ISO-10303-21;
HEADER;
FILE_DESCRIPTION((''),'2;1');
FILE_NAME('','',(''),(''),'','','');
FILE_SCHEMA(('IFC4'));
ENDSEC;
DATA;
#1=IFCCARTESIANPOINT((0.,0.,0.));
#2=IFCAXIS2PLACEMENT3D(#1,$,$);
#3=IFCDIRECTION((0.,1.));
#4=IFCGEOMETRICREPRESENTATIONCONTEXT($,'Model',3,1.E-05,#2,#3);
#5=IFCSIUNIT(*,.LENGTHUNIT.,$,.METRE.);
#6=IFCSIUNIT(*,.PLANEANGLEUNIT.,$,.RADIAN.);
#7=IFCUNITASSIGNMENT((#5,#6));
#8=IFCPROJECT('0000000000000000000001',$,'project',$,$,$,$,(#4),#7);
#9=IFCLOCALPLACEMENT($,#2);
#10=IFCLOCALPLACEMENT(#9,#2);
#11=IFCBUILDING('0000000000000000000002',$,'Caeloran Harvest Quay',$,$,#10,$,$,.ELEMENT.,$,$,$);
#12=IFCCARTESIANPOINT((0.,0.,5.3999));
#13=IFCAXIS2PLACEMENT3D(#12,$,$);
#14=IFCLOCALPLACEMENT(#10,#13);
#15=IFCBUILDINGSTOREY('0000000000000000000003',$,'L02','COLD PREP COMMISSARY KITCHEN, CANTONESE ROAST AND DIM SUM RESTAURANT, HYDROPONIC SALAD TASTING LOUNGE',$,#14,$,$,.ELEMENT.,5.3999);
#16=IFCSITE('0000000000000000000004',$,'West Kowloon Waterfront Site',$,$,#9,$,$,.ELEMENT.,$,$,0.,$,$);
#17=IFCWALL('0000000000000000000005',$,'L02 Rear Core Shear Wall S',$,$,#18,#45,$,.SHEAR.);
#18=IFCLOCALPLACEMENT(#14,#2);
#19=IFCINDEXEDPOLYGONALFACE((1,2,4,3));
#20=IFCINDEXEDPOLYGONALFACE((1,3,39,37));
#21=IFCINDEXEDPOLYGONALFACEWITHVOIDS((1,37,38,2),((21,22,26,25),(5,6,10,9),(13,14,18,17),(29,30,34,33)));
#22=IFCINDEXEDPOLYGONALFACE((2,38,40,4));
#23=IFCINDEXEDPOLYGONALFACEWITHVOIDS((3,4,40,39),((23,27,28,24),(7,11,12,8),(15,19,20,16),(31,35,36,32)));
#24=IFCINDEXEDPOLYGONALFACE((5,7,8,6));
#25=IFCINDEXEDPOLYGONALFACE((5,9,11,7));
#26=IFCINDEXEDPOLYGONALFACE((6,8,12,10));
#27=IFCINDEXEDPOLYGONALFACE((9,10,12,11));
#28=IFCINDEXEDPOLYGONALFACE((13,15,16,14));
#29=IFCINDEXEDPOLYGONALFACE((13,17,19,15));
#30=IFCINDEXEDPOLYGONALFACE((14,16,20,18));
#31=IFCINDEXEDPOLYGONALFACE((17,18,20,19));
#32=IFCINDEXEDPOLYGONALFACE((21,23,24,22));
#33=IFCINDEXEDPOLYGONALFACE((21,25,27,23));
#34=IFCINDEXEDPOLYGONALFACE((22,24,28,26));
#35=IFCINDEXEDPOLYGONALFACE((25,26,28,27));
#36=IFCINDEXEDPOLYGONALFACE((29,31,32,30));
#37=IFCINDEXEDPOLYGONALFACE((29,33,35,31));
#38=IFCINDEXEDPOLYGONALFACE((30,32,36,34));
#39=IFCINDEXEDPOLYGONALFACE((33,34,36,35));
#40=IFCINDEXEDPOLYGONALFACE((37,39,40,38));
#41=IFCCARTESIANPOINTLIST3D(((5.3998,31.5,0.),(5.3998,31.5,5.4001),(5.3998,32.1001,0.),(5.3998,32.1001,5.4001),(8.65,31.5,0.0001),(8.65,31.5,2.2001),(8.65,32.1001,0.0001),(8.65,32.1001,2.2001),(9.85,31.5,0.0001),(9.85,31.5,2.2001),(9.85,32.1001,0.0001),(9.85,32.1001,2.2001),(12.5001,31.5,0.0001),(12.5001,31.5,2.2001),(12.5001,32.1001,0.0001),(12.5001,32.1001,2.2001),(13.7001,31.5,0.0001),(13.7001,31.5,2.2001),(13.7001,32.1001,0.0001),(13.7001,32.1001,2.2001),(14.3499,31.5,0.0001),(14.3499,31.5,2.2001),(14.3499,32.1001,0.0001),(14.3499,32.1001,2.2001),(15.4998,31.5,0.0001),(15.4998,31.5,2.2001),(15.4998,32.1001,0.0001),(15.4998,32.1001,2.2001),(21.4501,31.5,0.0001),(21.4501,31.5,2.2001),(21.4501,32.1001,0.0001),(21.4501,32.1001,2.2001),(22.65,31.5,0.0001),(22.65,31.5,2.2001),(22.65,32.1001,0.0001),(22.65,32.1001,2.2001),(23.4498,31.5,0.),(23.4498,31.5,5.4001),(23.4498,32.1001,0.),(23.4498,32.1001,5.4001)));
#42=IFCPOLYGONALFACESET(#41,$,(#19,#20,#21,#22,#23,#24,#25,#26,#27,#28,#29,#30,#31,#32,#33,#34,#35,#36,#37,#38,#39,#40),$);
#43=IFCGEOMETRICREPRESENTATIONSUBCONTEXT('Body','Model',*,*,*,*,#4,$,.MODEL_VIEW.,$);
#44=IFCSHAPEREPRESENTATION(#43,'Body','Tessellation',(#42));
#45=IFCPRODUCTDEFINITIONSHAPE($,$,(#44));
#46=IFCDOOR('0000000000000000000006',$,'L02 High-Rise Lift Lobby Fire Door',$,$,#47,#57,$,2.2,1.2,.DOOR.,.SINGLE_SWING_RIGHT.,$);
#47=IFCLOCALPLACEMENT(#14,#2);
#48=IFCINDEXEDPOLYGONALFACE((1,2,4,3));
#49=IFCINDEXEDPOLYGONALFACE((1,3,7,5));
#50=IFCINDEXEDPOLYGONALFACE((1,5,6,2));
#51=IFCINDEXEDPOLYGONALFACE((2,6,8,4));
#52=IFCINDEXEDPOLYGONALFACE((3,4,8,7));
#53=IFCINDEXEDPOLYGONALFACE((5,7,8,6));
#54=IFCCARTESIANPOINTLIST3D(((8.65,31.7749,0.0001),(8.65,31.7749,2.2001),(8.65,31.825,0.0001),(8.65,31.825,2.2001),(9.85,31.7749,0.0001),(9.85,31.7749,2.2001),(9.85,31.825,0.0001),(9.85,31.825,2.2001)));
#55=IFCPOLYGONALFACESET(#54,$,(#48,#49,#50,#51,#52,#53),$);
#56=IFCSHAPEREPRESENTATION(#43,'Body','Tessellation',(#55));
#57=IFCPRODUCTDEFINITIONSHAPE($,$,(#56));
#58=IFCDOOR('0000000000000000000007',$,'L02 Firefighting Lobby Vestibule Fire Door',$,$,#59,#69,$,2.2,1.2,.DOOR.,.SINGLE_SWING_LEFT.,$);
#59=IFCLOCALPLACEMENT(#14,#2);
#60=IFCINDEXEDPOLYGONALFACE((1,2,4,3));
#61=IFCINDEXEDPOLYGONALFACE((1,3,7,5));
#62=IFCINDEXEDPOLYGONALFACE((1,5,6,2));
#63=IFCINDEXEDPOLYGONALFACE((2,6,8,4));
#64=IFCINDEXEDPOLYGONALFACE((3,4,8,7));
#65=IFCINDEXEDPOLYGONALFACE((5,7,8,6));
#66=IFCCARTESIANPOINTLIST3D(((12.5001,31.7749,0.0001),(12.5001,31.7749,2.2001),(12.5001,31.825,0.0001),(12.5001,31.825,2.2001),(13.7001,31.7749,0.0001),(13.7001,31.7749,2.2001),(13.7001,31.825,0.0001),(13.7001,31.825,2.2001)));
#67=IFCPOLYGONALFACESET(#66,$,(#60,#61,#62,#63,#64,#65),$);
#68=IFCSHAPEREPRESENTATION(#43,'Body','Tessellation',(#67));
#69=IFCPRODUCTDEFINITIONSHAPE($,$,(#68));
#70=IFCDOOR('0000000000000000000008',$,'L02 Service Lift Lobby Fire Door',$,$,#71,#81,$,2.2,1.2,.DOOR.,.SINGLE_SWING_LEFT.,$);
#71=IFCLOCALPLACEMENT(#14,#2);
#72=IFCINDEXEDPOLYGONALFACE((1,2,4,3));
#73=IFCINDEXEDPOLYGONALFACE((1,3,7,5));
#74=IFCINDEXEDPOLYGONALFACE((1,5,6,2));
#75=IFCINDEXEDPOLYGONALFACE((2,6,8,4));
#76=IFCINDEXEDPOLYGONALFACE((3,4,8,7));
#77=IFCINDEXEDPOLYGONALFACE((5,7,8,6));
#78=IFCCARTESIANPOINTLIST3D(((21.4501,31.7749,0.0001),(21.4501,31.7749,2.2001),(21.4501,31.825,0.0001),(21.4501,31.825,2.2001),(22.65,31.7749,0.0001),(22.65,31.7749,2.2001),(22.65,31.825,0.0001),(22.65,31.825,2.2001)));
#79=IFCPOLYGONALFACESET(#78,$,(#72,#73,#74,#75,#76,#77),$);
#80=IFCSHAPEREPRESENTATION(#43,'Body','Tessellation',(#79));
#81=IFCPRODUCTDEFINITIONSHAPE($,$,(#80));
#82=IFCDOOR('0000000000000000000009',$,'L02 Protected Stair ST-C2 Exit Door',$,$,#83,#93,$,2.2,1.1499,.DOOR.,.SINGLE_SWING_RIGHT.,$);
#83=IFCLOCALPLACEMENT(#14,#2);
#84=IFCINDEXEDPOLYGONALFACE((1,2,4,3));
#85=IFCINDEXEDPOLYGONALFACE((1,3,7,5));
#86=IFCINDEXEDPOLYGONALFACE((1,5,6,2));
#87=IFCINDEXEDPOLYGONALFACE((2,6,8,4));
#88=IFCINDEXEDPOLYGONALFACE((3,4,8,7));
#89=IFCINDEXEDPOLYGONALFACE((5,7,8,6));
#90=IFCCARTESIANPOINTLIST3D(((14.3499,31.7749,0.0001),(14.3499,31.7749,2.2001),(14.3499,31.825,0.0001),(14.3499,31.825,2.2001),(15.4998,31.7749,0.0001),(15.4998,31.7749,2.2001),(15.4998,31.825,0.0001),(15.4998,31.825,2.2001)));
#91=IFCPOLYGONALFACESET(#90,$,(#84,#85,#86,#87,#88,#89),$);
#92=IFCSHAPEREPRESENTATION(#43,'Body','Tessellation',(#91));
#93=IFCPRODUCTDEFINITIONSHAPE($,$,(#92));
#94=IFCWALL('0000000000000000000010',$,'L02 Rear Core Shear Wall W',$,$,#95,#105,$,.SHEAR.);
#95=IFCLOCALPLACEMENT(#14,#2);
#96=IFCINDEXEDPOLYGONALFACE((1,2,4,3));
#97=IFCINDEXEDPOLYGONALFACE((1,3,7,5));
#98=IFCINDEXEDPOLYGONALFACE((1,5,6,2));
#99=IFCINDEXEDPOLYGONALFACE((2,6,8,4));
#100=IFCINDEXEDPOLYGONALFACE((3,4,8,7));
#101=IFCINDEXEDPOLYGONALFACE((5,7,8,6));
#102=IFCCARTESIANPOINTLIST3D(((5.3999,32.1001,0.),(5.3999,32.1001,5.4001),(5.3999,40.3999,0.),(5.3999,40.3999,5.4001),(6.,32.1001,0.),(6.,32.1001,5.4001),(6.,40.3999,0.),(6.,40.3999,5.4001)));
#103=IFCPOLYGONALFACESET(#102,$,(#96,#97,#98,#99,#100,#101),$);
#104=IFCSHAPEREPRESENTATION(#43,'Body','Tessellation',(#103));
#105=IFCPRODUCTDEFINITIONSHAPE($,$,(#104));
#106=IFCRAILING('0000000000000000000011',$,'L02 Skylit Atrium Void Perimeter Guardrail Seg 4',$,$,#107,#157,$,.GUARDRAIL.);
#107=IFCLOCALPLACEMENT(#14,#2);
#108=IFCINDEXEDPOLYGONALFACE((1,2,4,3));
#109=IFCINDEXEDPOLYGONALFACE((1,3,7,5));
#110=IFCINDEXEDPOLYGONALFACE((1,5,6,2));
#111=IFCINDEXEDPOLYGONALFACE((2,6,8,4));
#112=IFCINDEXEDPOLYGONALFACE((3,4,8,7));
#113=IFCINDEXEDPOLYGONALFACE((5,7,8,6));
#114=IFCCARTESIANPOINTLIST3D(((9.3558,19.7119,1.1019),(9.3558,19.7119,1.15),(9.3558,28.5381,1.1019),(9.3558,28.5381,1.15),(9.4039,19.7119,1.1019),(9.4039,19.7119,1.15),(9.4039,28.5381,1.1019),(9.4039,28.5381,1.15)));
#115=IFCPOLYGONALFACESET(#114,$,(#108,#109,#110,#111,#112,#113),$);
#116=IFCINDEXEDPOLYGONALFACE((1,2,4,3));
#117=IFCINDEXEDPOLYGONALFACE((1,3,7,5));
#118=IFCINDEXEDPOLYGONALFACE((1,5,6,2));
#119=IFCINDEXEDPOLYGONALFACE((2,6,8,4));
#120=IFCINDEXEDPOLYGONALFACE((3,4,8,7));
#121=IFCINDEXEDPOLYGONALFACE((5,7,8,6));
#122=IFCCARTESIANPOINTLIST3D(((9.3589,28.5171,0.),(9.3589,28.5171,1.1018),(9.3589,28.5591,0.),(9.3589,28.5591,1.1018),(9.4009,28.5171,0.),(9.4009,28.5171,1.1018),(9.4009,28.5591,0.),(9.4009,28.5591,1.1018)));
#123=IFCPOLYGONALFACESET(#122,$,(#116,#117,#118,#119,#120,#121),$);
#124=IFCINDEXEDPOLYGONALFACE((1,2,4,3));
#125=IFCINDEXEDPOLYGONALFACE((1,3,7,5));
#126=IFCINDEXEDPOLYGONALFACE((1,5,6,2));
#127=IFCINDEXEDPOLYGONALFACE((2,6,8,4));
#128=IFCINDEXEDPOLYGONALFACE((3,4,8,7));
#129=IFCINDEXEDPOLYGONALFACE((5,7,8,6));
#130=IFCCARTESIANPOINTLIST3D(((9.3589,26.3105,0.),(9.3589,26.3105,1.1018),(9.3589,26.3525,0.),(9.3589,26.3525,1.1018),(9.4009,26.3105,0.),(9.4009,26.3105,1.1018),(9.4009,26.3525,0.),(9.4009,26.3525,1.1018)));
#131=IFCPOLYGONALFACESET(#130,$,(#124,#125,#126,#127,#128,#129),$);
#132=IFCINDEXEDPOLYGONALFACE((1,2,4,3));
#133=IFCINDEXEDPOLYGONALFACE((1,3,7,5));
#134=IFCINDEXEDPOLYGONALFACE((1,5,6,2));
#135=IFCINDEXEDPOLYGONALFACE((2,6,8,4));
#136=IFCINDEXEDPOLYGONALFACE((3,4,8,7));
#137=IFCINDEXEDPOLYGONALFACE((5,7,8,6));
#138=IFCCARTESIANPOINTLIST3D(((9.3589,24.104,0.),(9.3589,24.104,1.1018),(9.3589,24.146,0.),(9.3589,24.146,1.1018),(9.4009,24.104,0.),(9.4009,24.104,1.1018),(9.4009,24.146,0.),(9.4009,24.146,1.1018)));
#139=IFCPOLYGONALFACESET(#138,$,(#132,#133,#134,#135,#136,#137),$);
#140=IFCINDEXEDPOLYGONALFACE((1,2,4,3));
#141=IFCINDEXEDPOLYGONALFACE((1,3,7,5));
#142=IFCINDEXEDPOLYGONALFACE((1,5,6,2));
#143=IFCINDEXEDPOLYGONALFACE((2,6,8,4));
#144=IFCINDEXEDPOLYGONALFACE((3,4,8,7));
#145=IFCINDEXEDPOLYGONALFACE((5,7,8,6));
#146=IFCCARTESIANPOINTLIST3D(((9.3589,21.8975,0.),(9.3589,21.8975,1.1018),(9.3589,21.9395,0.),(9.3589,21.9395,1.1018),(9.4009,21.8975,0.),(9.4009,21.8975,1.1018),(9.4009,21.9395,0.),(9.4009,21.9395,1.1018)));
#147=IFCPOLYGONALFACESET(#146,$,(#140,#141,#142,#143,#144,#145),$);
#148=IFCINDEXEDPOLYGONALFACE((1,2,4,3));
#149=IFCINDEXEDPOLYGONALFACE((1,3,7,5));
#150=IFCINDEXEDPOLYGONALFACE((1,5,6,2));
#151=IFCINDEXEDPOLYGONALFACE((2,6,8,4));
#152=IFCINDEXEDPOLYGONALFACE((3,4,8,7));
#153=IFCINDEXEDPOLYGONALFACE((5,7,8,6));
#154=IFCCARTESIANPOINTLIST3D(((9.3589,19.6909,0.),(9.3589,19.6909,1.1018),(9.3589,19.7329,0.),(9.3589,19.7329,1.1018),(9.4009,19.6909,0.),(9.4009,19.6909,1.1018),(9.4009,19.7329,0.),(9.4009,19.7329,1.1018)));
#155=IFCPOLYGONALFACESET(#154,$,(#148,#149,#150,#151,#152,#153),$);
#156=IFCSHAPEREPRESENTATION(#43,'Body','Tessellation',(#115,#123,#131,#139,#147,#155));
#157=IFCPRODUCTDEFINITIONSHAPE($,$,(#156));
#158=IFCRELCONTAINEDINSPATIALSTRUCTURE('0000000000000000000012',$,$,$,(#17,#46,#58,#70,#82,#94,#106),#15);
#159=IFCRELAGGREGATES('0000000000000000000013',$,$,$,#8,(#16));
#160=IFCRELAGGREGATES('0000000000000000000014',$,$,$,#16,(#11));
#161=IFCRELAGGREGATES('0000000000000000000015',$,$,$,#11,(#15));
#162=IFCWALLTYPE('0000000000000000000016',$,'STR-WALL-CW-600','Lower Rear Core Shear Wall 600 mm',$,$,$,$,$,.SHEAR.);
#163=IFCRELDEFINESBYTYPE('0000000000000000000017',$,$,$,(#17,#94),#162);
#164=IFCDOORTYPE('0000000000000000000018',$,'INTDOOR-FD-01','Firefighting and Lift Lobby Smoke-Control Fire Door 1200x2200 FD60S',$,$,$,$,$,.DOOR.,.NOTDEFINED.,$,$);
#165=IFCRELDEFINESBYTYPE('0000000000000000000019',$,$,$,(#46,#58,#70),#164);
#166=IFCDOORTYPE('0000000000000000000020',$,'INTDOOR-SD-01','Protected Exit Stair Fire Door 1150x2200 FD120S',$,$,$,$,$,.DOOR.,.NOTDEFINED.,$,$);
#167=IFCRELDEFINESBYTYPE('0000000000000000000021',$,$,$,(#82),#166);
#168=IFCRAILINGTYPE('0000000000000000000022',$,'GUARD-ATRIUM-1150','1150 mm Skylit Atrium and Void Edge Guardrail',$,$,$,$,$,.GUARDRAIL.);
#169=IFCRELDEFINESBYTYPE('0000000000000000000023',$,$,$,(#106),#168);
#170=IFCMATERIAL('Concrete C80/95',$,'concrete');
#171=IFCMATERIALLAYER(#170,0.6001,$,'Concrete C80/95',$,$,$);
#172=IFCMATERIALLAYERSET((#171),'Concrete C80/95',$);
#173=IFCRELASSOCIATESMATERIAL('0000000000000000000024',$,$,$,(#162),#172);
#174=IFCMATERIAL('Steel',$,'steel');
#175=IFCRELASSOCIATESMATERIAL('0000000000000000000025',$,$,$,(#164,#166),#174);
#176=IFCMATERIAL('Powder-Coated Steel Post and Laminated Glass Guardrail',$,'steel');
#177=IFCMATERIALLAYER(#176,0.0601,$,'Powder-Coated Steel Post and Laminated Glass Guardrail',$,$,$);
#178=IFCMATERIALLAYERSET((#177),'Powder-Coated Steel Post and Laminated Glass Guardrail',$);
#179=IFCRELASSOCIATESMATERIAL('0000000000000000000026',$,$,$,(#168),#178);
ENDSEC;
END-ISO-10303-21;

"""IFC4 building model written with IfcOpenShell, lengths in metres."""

from ifc_helpers import new_model, si_unit, direction, frame, frame_2d, origin, origin_2d, place, context, subcontext, project, spatial, rectangle, extrude, material, layer, layer_set, type_object, element, fill, save


model = new_model("IFC4")

# Units and contexts
model_context = context("Model", 3, precision=1e-05, world=origin(), true_north=direction((0.0, 1.0)))
body_context = subcontext(model_context, "Body", "Model", "MODEL_VIEW")
ifc_project = project(units=[si_unit("LENGTHUNIT", "METRE"), si_unit("PLANEANGLEUNIT", "RADIAN")], contexts=[model_context])

# Site, building, storey
site_placement = place(None, origin())
site = spatial("IfcSite", under=ifc_project, at=site_placement, Name="West Kowloon Waterfront Site", CompositionType="ELEMENT", RefElevation=0.0)
building_placement = place(site_placement, origin())
building = spatial("IfcBuilding", under=site, at=building_placement, Name="Caeloran Harvest Quay", CompositionType="ELEMENT")
storey_placement = place(building_placement, frame((0.0, 0.0, 5.3999)))
storey = spatial("IfcBuildingStorey", under=building, at=storey_placement, Name="L02", Description="COLD PREP COMMISSARY KITCHEN, CANTONESE ROAST AND DIM SUM RESTAURANT, HYDROPONIC SALAD TASTING LOUNGE", CompositionType="ELEMENT", Elevation=5.3999)

# Shared definitions
ifc_material_1 = material(Name="Concrete C80/95", Category="concrete")

# Wall, openings, doors
ifc_layer_1 = layer(ifc_material_1, 0.6001, Name="Concrete C80/95")
ifc_layer_set_1 = layer_set([ifc_layer_1], Name="Concrete C80/95")
wall_type_1 = type_object("IfcWallType", Name="STR-WALL-CW-600", Description="Lower Rear Core Shear Wall 600 mm", PredefinedType="SHEAR", material=ifc_layer_set_1)
wall_1_placement = place(storey_placement, frame((5.3999, 31.8, 0.0), z_axis=(0.0, 0.0, 1.0), x_axis=(1.0, 0.0, 0.0)))
wall_1 = element("IfcWall", 1, at=wall_1_placement, inside=storey, type_object=wall_type_1, Name="L02 Rear Core Shear Wall S", PredefinedType="SHEAR", context=body_context, shape_type="SweptSolid", body=[
    extrude(rectangle(XDim=18.05, YDim=0.6001, at=frame_2d((9.0249, 0.0))), origin(), (0.0, 0.0, 1.0), 5.4001),
])
opening_1_placement = place(wall_1_placement, frame((3.25, 0.0, 0.0)))
opening_1 = element("IfcOpeningElement", 2, at=opening_1_placement, cuts=wall_1, PredefinedType="OPENING", context=body_context, shape_type="SweptSolid", body=[
    extrude(rectangle(XDim=1.2, YDim=2.2, at=frame_2d((0.6001, 1.1001))), frame((0.0, 0.3101, 0.0), z_axis=(0.0, -1.0, 0.0), x_axis=(1.0, 0.0, 0.0)), (0.0, 0.0, 1.0), 0.6201),
])
opening_2_placement = place(wall_1_placement, frame((7.1001, 0.0, 0.0)))
opening_2 = element("IfcOpeningElement", 3, at=opening_2_placement, cuts=wall_1, PredefinedType="OPENING", context=body_context, shape_type="SweptSolid", body=[
    extrude(rectangle(XDim=1.2, YDim=2.2, at=frame_2d((0.6001, 1.1001))), frame((0.0, 0.3101, 0.0), z_axis=(0.0, -1.0, 0.0), x_axis=(1.0, 0.0, 0.0)), (0.0, 0.0, 1.0), 0.6201),
])
opening_3_placement = place(wall_1_placement, frame((8.95, 0.0, 0.0)))
opening_3 = element("IfcOpeningElement", 4, at=opening_3_placement, cuts=wall_1, PredefinedType="OPENING", context=body_context, shape_type="SweptSolid", body=[
    extrude(rectangle(XDim=1.1499, YDim=2.2, at=frame_2d((0.575, 1.1001))), frame((0.0, 0.3101, 0.0), z_axis=(0.0, -1.0, 0.0), x_axis=(1.0, 0.0, 0.0)), (0.0, 0.0, 1.0), 0.6201),
])
opening_4_placement = place(wall_1_placement, frame((16.05, 0.0, 0.0)))
opening_4 = element("IfcOpeningElement", 5, at=opening_4_placement, cuts=wall_1, PredefinedType="OPENING", context=body_context, shape_type="SweptSolid", body=[
    extrude(rectangle(XDim=1.2, YDim=2.2, at=frame_2d((0.6001, 1.1001))), frame((0.0, 0.3101, 0.0), z_axis=(0.0, -1.0, 0.0), x_axis=(1.0, 0.0, 0.0)), (0.0, 0.0, 1.0), 0.6201),
])
ifc_material_2 = material(Name="Steel", Category="steel")
door_type_1 = type_object("IfcDoorType", Name="INTDOOR-FD-01", Description="Firefighting and Lift Lobby Smoke-Control Fire Door 1200x2200 FD60S", OperationType="NOTDEFINED", PredefinedType="DOOR", material=ifc_material_2)
door_1_placement = place(opening_1_placement, origin())
door_1 = element("IfcDoor", 6, at=door_1_placement, inside=storey, type_object=door_type_1, Name="L02 High-Rise Lift Lobby Fire Door", OperationType="SINGLE_SWING_RIGHT", OverallHeight=2.2, OverallWidth=1.2, PredefinedType="DOOR", context=body_context, shape_type="SweptSolid", body=[
    extrude(rectangle(XDim=1.2, YDim=2.2, at=frame_2d((0.6001, 1.1001))), frame((0.0, 0.0249, 0.0), z_axis=(0.0, -1.0, 0.0), x_axis=(1.0, 0.0, 0.0)), (0.0, 0.0, 1.0), 0.05),
])
fill(opening_1, door_1)
door_2_placement = place(opening_2_placement, origin())
door_2 = element("IfcDoor", 7, at=door_2_placement, inside=storey, type_object=door_type_1, Name="L02 Firefighting Lobby Vestibule Fire Door", OperationType="SINGLE_SWING_LEFT", OverallHeight=2.2, OverallWidth=1.2, PredefinedType="DOOR", context=body_context, shape_type="SweptSolid", body=[
    extrude(rectangle(XDim=1.2, YDim=2.2, at=frame_2d((0.6001, 1.1001))), frame((0.0, 0.0249, 0.0), z_axis=(0.0, -1.0, 0.0), x_axis=(1.0, 0.0, 0.0)), (0.0, 0.0, 1.0), 0.05),
])
fill(opening_2, door_2)
door_3_placement = place(opening_4_placement, origin())
door_3 = element("IfcDoor", 8, at=door_3_placement, inside=storey, type_object=door_type_1, Name="L02 Service Lift Lobby Fire Door", OperationType="SINGLE_SWING_LEFT", OverallHeight=2.2, OverallWidth=1.2, PredefinedType="DOOR", context=body_context, shape_type="SweptSolid", body=[
    extrude(rectangle(XDim=1.2, YDim=2.2, at=frame_2d((0.6001, 1.1001))), frame((0.0, 0.0249, 0.0), z_axis=(0.0, -1.0, 0.0), x_axis=(1.0, 0.0, 0.0)), (0.0, 0.0, 1.0), 0.05),
])
fill(opening_4, door_3)
door_type_2 = type_object("IfcDoorType", Name="INTDOOR-SD-01", Description="Protected Exit Stair Fire Door 1150x2200 FD120S", OperationType="NOTDEFINED", PredefinedType="DOOR", material=ifc_material_2)
door_4_placement = place(opening_3_placement, origin())
door_4 = element("IfcDoor", 9, at=door_4_placement, inside=storey, type_object=door_type_2, Name="L02 Protected Stair ST-C2 Exit Door", OperationType="SINGLE_SWING_RIGHT", OverallHeight=2.2, OverallWidth=1.1499, PredefinedType="DOOR", context=body_context, shape_type="SweptSolid", body=[
    extrude(rectangle(XDim=1.1499, YDim=2.2, at=frame_2d((0.575, 1.1001))), frame((0.0, 0.0249, 0.0), z_axis=(0.0, -1.0, 0.0), x_axis=(1.0, 0.0, 0.0)), (0.0, 0.0, 1.0), 0.05),
])
fill(opening_3, door_4)

# Wall
wall_2_placement = place(storey_placement, frame((5.7, 32.1001, 0.0), z_axis=(0.0, 0.0, 1.0), x_axis=(0.0, 1.0, 0.0)))
element("IfcWall", 10, at=wall_2_placement, inside=storey, type_object=wall_type_1, Name="L02 Rear Core Shear Wall W", PredefinedType="SHEAR", context=body_context, shape_type="SweptSolid", body=[
    extrude(rectangle(XDim=8.2998, YDim=0.6001, at=frame_2d((4.1499, 0.0))), origin(), (0.0, 0.0, 1.0), 5.4001),
])

# Railing
ifc_material_3 = material(Name="Powder-Coated Steel Post and Laminated Glass Guardrail", Category="steel")
ifc_layer_2 = layer(ifc_material_3, 0.0601, Name="Powder-Coated Steel Post and Laminated Glass Guardrail")
ifc_layer_set_2 = layer_set([ifc_layer_2], Name="Powder-Coated Steel Post and Laminated Glass Guardrail")
railing_type = type_object("IfcRailingType", Name="GUARD-ATRIUM-1150", Description="1150 mm Skylit Atrium and Void Edge Guardrail", PredefinedType="GUARDRAIL", material=ifc_layer_set_2)
railing_placement = place(storey_placement, frame((9.3799, 28.5381, 0.0)))
element("IfcRailing", 11, at=railing_placement, inside=storey, type_object=railing_type, Name="L02 Skylit Atrium Void Perimeter Guardrail Seg 4", PredefinedType="GUARDRAIL", context=body_context, shape_type="SweptSolid", body=[
    extrude(rectangle(XDim=0.0481, YDim=0.0481, at=origin_2d()), frame((0.0, 0.0, 1.126), z_axis=(0.0, -1.0, 0.0), x_axis=(1.0, 0.0, 0.0)), (0.0, 0.0, 1.0), 8.8262),
    extrude(rectangle(XDim=0.042, YDim=0.042, at=origin_2d()), origin(), (0.0, 0.0, 1.0), 1.1018),
    extrude(rectangle(XDim=0.042, YDim=0.042, at=origin_2d()), frame((0.0, -2.2065, 0.0)), (0.0, 0.0, 1.0), 1.1018),
    extrude(rectangle(XDim=0.042, YDim=0.042, at=origin_2d()), frame((0.0, -4.4131, 0.0)), (0.0, 0.0, 1.0), 1.1018),
    extrude(rectangle(XDim=0.042, YDim=0.042, at=origin_2d()), frame((0.0, -6.6196, 0.0)), (0.0, 0.0, 1.0), 1.1018),
    extrude(rectangle(XDim=0.042, YDim=0.042, at=origin_2d()), frame((0.0, -8.8262, 0.0)), (0.0, 0.0, 1.0), 1.1018),
])

save(model, "model.ifc")
